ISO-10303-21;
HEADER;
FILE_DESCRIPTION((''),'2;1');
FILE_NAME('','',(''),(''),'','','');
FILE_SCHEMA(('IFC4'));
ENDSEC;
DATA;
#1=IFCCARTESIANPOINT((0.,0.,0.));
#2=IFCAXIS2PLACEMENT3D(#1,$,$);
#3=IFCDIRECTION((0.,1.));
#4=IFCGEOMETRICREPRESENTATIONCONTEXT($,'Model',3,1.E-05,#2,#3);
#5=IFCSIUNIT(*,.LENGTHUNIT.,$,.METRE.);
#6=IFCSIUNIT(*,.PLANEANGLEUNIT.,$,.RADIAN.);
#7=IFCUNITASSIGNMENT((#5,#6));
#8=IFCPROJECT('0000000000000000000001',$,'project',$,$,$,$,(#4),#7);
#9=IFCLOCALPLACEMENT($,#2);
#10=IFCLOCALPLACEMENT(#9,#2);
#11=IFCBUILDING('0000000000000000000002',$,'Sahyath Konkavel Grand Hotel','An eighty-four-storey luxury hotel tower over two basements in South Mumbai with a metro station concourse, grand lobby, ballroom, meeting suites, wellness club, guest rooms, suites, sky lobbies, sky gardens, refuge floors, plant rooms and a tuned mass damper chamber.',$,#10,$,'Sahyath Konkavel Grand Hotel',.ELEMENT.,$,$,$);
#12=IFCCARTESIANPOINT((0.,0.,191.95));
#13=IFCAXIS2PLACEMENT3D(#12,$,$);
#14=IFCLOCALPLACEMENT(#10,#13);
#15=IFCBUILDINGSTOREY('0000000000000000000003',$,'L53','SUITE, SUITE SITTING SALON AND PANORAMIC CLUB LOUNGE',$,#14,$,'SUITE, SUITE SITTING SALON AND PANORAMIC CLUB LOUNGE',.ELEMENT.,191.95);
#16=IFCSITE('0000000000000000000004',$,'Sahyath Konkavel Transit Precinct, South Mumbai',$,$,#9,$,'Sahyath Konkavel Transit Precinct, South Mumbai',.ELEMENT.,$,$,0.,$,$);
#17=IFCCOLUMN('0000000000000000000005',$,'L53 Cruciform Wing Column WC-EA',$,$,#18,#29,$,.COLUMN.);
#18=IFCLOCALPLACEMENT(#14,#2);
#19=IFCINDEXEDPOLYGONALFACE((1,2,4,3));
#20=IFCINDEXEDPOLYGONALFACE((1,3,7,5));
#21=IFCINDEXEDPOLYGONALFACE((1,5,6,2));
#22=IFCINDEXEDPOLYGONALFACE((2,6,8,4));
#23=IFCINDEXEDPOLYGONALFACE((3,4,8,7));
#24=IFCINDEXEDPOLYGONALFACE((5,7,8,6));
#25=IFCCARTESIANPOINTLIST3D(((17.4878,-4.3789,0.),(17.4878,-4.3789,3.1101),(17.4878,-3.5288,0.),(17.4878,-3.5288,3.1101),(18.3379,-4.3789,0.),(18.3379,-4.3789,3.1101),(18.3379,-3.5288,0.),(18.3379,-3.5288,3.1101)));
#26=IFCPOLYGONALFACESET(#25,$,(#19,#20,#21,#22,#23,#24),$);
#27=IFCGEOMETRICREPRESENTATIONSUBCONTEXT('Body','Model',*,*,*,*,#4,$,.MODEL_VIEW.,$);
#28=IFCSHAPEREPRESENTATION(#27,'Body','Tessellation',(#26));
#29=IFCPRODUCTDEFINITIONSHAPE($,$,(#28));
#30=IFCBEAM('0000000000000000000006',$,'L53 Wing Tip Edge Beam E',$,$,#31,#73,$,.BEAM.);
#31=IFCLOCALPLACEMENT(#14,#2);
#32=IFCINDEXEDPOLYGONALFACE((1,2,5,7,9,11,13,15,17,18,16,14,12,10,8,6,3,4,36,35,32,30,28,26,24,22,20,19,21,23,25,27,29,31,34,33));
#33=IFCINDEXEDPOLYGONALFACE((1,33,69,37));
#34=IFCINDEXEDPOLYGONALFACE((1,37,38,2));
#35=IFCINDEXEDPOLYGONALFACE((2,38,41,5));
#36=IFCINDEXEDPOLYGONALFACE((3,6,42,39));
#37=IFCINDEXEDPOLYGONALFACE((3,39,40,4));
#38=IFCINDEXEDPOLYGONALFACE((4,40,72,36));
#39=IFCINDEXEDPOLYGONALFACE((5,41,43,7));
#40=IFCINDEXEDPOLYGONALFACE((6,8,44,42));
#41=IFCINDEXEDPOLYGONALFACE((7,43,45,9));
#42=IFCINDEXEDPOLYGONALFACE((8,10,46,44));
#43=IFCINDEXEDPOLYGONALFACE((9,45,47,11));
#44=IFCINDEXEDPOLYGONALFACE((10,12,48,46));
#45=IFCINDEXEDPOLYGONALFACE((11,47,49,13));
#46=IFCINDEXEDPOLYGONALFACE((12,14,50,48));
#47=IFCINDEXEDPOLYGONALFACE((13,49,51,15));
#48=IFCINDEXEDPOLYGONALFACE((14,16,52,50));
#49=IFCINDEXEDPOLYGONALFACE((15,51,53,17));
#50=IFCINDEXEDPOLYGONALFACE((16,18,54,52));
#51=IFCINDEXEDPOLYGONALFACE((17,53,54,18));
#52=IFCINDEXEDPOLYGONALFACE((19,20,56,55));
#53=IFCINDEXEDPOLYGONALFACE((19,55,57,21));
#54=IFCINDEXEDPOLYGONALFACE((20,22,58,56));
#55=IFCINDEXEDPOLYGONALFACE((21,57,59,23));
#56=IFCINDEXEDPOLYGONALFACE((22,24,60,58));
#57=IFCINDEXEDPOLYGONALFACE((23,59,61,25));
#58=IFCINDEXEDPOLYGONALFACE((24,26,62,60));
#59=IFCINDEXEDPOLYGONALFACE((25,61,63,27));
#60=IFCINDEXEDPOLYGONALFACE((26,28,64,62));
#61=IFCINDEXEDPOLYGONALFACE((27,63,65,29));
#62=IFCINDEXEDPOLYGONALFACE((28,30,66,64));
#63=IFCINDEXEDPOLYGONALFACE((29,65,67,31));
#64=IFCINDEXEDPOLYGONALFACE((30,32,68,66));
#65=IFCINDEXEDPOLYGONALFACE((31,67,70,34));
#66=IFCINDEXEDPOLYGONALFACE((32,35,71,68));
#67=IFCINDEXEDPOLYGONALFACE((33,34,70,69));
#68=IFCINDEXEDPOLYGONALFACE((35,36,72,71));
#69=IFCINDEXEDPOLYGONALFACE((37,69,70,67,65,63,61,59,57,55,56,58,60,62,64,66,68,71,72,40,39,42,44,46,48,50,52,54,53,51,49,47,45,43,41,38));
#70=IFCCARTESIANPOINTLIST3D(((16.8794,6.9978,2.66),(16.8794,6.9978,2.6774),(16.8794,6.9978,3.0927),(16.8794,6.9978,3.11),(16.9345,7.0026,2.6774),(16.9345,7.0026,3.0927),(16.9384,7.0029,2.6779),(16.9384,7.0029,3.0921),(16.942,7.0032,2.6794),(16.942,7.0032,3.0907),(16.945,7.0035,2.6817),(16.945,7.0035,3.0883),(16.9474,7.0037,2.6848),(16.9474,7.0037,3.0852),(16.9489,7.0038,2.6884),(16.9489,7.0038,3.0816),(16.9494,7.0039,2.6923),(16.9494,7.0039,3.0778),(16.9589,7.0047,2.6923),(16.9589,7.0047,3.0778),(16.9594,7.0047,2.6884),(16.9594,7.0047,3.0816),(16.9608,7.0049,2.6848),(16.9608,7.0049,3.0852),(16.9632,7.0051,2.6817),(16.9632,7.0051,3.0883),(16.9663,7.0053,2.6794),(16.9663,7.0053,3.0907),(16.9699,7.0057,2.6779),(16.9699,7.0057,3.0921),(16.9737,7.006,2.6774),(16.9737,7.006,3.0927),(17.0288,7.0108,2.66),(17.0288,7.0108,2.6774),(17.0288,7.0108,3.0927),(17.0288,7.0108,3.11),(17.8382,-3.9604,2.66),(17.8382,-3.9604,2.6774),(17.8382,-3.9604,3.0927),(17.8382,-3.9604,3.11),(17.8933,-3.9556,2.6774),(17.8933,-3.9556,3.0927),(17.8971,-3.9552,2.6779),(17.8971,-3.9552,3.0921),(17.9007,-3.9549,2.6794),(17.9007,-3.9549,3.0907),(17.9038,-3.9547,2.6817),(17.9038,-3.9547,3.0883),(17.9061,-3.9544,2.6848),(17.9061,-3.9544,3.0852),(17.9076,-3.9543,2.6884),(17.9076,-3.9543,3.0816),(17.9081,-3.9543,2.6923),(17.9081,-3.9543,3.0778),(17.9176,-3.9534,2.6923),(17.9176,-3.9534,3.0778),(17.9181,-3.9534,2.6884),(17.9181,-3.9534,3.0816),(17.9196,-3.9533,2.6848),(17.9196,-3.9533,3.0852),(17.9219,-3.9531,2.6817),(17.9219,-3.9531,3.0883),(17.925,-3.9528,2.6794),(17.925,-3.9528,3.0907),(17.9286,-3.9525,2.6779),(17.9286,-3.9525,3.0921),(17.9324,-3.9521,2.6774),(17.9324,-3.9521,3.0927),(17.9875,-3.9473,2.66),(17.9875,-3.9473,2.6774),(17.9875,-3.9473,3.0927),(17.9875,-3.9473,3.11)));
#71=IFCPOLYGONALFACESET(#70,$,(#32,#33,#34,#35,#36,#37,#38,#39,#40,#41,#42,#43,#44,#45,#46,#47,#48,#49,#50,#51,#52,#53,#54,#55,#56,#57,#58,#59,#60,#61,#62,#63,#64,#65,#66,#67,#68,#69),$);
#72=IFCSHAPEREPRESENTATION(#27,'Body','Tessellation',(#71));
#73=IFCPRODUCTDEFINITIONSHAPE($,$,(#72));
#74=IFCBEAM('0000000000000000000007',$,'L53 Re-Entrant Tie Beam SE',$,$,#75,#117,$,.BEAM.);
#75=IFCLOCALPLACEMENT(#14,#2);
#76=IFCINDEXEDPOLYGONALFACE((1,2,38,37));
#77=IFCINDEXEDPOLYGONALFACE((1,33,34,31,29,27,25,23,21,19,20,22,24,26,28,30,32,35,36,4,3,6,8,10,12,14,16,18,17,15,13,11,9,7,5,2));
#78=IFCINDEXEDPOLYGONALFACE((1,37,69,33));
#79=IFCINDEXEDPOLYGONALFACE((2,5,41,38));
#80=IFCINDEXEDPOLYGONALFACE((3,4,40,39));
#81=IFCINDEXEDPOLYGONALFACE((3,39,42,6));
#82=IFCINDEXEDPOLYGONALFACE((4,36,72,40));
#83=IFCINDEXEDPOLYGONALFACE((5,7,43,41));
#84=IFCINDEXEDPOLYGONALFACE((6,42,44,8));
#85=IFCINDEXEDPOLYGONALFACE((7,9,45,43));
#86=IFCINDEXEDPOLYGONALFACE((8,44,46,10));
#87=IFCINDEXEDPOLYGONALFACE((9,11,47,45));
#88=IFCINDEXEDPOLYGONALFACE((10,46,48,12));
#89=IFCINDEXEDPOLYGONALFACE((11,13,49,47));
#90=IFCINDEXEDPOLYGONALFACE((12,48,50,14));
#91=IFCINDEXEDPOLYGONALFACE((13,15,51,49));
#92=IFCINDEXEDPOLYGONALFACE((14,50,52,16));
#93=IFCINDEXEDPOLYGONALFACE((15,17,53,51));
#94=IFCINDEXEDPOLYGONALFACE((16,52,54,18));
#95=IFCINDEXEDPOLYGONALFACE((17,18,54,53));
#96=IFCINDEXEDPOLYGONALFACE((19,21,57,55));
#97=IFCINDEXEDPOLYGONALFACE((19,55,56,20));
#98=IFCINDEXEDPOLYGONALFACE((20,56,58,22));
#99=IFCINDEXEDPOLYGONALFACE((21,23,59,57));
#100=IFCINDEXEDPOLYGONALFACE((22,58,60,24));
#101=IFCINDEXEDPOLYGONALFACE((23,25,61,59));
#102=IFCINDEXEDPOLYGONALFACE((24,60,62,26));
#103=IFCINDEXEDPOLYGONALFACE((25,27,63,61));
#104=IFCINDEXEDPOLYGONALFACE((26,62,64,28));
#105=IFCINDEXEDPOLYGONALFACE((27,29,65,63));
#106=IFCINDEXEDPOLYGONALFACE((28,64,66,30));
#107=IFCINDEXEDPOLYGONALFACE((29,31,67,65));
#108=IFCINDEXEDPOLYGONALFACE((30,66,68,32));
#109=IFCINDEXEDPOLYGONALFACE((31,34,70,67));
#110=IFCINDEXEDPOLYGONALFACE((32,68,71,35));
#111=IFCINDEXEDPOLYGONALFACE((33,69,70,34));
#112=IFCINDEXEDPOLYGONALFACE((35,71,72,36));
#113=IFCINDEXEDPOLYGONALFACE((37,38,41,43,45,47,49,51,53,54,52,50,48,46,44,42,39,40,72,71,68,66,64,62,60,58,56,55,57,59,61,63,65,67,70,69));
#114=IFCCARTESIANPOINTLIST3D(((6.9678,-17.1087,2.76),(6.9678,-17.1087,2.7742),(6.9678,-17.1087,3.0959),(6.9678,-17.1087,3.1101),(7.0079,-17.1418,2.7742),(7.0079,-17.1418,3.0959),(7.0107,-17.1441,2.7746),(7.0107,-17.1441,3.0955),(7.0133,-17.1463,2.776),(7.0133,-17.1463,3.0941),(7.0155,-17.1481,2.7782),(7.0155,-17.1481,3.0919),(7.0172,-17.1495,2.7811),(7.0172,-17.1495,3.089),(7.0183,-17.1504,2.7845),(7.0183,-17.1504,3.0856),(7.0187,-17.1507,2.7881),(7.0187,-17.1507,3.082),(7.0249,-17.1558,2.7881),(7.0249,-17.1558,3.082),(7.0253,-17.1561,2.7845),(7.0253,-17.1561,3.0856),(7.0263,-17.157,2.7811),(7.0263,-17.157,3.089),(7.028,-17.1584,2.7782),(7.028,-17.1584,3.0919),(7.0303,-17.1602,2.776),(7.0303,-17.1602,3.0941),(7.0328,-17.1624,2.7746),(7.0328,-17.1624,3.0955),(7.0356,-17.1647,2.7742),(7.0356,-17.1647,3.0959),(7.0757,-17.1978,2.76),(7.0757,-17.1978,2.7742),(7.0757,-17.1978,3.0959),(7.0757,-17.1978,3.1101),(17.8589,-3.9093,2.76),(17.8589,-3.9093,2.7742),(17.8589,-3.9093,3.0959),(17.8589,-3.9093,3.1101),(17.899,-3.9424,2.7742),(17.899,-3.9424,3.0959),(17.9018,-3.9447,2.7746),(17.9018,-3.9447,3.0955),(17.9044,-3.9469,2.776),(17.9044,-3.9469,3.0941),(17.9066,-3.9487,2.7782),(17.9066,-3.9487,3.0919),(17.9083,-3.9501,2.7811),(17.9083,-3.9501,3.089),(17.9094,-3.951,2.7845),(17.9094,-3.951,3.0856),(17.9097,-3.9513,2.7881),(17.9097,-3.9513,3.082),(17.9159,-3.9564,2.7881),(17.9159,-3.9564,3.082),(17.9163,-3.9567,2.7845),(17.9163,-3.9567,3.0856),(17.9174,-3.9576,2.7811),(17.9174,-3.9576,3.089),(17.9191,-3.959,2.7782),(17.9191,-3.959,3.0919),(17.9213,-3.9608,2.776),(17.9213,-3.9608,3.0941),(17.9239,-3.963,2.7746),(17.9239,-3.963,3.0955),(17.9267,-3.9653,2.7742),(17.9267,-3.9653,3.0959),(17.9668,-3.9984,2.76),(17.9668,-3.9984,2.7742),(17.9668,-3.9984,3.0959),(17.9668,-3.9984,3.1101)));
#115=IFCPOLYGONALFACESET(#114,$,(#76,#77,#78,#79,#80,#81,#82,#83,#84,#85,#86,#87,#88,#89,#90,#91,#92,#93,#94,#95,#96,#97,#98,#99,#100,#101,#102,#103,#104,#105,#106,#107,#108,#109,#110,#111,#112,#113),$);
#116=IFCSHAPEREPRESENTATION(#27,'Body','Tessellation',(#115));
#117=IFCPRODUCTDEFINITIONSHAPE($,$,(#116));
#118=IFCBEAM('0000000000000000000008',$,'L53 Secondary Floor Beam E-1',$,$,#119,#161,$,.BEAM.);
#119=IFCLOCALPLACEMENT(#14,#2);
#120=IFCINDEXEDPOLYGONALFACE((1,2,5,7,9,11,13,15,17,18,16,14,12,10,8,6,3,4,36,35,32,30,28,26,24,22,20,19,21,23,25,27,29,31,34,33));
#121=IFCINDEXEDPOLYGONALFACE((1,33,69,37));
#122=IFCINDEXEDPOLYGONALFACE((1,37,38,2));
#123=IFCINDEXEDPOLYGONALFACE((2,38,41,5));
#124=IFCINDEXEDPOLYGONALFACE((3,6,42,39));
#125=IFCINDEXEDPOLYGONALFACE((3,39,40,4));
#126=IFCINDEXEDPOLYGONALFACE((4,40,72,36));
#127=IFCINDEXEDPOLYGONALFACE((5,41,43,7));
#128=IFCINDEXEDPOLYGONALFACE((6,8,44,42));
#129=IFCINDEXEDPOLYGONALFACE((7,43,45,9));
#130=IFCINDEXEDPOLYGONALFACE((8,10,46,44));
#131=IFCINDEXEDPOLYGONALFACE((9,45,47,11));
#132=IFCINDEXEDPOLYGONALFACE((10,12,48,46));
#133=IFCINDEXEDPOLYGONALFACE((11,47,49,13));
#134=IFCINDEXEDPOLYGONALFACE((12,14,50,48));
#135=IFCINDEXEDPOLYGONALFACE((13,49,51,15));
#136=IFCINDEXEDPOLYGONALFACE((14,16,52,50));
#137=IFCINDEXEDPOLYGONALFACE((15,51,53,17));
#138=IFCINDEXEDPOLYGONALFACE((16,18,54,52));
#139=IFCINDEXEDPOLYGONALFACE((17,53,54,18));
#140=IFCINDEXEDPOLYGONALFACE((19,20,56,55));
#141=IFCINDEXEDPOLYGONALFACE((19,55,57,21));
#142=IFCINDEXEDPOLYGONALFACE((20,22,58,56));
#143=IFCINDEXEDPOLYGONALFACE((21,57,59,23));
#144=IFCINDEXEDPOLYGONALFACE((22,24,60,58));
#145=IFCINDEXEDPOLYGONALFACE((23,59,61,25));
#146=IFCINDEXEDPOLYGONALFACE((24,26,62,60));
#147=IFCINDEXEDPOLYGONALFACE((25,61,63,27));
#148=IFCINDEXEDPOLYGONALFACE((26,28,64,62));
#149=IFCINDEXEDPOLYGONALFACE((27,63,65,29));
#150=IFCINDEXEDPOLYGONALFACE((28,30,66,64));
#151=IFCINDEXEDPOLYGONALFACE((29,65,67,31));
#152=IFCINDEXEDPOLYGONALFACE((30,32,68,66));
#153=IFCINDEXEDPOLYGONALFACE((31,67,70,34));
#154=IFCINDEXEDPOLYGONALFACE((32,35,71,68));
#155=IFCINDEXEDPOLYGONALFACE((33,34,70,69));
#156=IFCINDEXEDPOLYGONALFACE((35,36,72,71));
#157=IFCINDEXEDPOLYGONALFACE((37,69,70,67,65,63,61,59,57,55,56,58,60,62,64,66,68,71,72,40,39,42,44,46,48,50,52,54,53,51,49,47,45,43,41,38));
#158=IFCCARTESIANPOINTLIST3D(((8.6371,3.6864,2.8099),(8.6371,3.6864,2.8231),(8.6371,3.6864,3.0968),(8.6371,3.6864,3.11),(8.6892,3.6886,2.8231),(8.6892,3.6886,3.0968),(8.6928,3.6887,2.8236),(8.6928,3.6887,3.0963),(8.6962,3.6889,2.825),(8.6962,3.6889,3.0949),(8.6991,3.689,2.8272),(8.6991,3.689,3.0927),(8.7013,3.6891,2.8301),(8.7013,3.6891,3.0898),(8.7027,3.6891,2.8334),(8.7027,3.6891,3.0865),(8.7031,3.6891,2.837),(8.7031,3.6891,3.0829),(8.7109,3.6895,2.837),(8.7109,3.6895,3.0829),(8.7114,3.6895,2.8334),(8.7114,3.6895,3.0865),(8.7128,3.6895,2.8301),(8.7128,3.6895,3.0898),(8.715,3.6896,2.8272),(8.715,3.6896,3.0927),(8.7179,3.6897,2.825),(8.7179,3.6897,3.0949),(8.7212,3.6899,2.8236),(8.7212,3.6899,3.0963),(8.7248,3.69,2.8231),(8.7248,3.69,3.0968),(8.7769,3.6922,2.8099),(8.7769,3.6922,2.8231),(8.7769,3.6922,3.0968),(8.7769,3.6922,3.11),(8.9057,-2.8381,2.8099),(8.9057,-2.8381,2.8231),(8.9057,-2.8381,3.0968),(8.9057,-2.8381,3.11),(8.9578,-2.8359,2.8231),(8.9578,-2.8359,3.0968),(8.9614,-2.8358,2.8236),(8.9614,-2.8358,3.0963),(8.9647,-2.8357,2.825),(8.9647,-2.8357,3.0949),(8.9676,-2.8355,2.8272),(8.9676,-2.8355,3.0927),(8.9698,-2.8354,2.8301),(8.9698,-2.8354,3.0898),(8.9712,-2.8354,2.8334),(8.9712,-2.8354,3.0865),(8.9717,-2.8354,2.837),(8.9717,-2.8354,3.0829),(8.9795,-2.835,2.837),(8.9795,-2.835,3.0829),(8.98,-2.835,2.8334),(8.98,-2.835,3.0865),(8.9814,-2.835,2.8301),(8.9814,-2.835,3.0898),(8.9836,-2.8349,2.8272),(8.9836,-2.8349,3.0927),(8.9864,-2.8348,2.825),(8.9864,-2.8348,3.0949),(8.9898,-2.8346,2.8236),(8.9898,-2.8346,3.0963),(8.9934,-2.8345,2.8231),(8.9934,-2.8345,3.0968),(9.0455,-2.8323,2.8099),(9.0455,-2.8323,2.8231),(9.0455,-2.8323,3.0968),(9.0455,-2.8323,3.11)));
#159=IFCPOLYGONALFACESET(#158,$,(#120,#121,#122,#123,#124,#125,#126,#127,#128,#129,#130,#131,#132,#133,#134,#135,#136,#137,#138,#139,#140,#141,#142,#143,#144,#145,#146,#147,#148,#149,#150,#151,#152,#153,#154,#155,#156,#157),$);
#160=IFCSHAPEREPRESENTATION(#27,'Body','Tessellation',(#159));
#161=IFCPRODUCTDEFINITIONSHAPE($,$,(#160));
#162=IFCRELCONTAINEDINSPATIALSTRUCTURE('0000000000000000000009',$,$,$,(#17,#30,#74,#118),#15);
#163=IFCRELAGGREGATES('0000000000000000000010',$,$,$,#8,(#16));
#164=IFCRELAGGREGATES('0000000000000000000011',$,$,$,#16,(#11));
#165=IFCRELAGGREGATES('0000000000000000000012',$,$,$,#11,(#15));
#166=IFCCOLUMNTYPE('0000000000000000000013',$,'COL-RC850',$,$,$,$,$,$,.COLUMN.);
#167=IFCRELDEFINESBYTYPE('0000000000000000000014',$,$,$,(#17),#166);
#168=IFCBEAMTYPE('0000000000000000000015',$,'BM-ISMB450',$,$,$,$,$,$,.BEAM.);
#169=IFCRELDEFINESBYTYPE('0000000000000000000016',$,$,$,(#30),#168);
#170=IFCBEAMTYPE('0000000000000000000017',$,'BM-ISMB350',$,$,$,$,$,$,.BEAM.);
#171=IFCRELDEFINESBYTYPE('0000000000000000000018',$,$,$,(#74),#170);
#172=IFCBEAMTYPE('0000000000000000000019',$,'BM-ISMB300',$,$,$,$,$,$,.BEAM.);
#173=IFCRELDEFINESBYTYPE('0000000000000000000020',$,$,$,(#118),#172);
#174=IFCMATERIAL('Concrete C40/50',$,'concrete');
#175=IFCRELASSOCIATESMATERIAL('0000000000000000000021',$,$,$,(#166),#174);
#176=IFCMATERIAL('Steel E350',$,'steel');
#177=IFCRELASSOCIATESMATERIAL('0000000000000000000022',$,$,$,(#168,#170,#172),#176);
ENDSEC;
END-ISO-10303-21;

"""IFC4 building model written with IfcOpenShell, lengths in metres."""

from ifc_helpers import new_model, si_unit, direction, frame, origin, origin_2d, place, context, subcontext, project, spatial, rectangle, i_section, extrude, source, transform, mapped, material, material_profile, profile_set, type_object, element, save


model = new_model("IFC4")

# Units and contexts
model_context = context("Model", 3, precision=1e-05, world=origin(), true_north=direction((0.0, 1.0)))
body_context = subcontext(model_context, "Body", "Model", "MODEL_VIEW")
ifc_project = project(units=[si_unit("LENGTHUNIT", "METRE"), si_unit("PLANEANGLEUNIT", "RADIAN")], contexts=[model_context])

# Site, building, storey
site_placement = place(None, origin())
site = spatial("IfcSite", under=ifc_project, at=site_placement, Name="Sahyath Konkavel Transit Precinct, South Mumbai", LongName="Sahyath Konkavel Transit Precinct, South Mumbai", CompositionType="ELEMENT", RefElevation=0.0)
building_placement = place(site_placement, origin())
building = spatial("IfcBuilding", under=site, at=building_placement, Name="Sahyath Konkavel Grand Hotel", Description="An eighty-four-storey luxury hotel tower over two basements in South Mumbai with a metro station concourse, grand lobby, ballroom, meeting suites, wellness club, guest rooms, suites, sky lobbies, sky gardens, refuge floors, plant rooms and a tuned mass damper chamber.", LongName="Sahyath Konkavel Grand Hotel", CompositionType="ELEMENT")
storey_placement = place(building_placement, frame((0.0, 0.0, 191.95)))
storey = spatial("IfcBuildingStorey", under=building, at=storey_placement, Name="L53", Description="SUITE, SUITE SITTING SALON AND PANORAMIC CLUB LOUNGE", LongName="SUITE, SUITE SITTING SALON AND PANORAMIC CLUB LOUNGE", CompositionType="ELEMENT", Elevation=191.95)

# Column
ifc_material_1 = material(Name="Concrete C40/50", Category="concrete")
ifc_material_profile_1 = material_profile(ifc_material_1, rectangle(XDim=0.8501, YDim=0.8501, at=origin_2d()), Name="RC 850x850")
ifc_profile_set_1 = profile_set([ifc_material_profile_1], Name="Concrete C40/50")
column_type = type_object("IfcColumnType", Name="COL-RC850", PredefinedType="COLUMN", material=ifc_profile_set_1)
shared_shape_1 = source(origin(), body_context, "Body", "SweptSolid", [
    extrude(rectangle(XDim=0.8501, YDim=0.8501, at=origin_2d()), origin(), (0.0, 0.0, 1.0), 3.1101),
])
column_placement = place(storey_placement, frame((17.9128, -3.9539, 0.0), z_axis=(0.0, 0.0, 1.0), x_axis=(1.0, 0.0, 0.0)))
element("IfcColumn", 1, at=column_placement, inside=storey, type_object=column_type, Name="L53 Cruciform Wing Column WC-EA", PredefinedType="COLUMN", context=body_context, shape_type="MappedRepresentation", body=[
    mapped(shared_shape_1, transform((0.0, 0.0, 0.0), scale=1.0)),
])

# Beams
ifc_material_2 = material(Name="Steel E350", Category="steel")
ifc_material_profile_2 = material_profile(ifc_material_2, i_section(OverallWidth=0.1499, OverallDepth=0.45, WebThickness=0.0095, FlangeThickness=0.0173, FilletRadius=0.0149, at=origin_2d()), Name="ISMB 450")
ifc_profile_set_2 = profile_set([ifc_material_profile_2], Name="Steel E350")
beam_type_1 = type_object("IfcBeamType", Name="BM-ISMB450", PredefinedType="BEAM", material=ifc_profile_set_2)
shared_shape_2 = source(origin(), body_context, "Body", "SweptSolid", [
    extrude(i_section(OverallWidth=0.1499, OverallDepth=0.45, WebThickness=0.0095, FlangeThickness=0.0173, FilletRadius=0.0149, at=origin_2d()), origin(), (0.0, 0.0, 1.0), 11.0),
])
beam_1_placement = place(storey_placement, frame((17.9128, -3.9539, 2.885), z_axis=(-0.087157, 0.996195, 0.0), x_axis=(-0.996195, -0.087157, 0.0)))
element("IfcBeam", 2, at=beam_1_placement, inside=storey, type_object=beam_type_1, Name="L53 Wing Tip Edge Beam E", PredefinedType="BEAM", context=body_context, shape_type="MappedRepresentation", body=[
    mapped(shared_shape_2, transform((0.0, 0.0, 0.0), scale=1.0)),
])
ifc_material_profile_3 = material_profile(ifc_material_2, i_section(OverallWidth=0.1399, OverallDepth=0.3501, WebThickness=0.0081, FlangeThickness=0.0142, FilletRadius=0.0139, at=origin_2d()), Name="ISMB 350")
ifc_profile_set_3 = profile_set([ifc_material_profile_3], Name="Steel E350")
beam_type_2 = type_object("IfcBeamType", Name="BM-ISMB350", PredefinedType="BEAM", material=ifc_profile_set_3)
shared_shape_3 = source(origin(), body_context, "Body", "SweptSolid", [
    extrude(i_section(OverallWidth=0.1399, OverallDepth=0.3501, WebThickness=0.0081, FlangeThickness=0.0142, FilletRadius=0.0139, at=origin_2d()), origin(), (0.0, 0.0, 1.0), 17.1125),
])
beam_2_placement = place(storey_placement, frame((17.9128, -3.9539, 2.9351), z_axis=(-0.636437, -0.771329, 0.0), x_axis=(0.771329, -0.636437, 0.0)))
element("IfcBeam", 3, at=beam_2_placement, inside=storey, type_object=beam_type_2, Name="L53 Re-Entrant Tie Beam SE", PredefinedType="BEAM", context=body_context, shape_type="MappedRepresentation", body=[
    mapped(shared_shape_3, transform((0.0, 0.0, 0.0), scale=1.0)),
])
ifc_material_profile_4 = material_profile(ifc_material_2, i_section(OverallWidth=0.1399, OverallDepth=0.3, WebThickness=0.0078, FlangeThickness=0.0132, FilletRadius=0.0139, at=origin_2d()), Name="ISMB 300")
ifc_profile_set_4 = profile_set([ifc_material_profile_4], Name="Steel E350")
beam_type_3 = type_object("IfcBeamType", Name="BM-ISMB300", PredefinedType="BEAM", material=ifc_profile_set_4)
shared_shape_4 = source(origin(), body_context, "Body", "SweptSolid", [
    extrude(i_section(OverallWidth=0.1399, OverallDepth=0.3, WebThickness=0.0078, FlangeThickness=0.0132, FilletRadius=0.0139, at=origin_2d()), origin(), (0.0, 0.0, 1.0), 6.53),
])
beam_3_placement = place(storey_placement, frame((8.9756, -2.8352, 2.96), z_axis=(-0.041127, 0.999154, 0.0), x_axis=(-0.999154, -0.041127, 0.0)))
element("IfcBeam", 4, at=beam_3_placement, inside=storey, type_object=beam_type_3, Name="L53 Secondary Floor Beam E-1", PredefinedType="BEAM", context=body_context, shape_type="MappedRepresentation", body=[
    mapped(shared_shape_4, transform((0.0, 0.0, 0.0), scale=1.0)),
])

save(model, "model.ifc")
